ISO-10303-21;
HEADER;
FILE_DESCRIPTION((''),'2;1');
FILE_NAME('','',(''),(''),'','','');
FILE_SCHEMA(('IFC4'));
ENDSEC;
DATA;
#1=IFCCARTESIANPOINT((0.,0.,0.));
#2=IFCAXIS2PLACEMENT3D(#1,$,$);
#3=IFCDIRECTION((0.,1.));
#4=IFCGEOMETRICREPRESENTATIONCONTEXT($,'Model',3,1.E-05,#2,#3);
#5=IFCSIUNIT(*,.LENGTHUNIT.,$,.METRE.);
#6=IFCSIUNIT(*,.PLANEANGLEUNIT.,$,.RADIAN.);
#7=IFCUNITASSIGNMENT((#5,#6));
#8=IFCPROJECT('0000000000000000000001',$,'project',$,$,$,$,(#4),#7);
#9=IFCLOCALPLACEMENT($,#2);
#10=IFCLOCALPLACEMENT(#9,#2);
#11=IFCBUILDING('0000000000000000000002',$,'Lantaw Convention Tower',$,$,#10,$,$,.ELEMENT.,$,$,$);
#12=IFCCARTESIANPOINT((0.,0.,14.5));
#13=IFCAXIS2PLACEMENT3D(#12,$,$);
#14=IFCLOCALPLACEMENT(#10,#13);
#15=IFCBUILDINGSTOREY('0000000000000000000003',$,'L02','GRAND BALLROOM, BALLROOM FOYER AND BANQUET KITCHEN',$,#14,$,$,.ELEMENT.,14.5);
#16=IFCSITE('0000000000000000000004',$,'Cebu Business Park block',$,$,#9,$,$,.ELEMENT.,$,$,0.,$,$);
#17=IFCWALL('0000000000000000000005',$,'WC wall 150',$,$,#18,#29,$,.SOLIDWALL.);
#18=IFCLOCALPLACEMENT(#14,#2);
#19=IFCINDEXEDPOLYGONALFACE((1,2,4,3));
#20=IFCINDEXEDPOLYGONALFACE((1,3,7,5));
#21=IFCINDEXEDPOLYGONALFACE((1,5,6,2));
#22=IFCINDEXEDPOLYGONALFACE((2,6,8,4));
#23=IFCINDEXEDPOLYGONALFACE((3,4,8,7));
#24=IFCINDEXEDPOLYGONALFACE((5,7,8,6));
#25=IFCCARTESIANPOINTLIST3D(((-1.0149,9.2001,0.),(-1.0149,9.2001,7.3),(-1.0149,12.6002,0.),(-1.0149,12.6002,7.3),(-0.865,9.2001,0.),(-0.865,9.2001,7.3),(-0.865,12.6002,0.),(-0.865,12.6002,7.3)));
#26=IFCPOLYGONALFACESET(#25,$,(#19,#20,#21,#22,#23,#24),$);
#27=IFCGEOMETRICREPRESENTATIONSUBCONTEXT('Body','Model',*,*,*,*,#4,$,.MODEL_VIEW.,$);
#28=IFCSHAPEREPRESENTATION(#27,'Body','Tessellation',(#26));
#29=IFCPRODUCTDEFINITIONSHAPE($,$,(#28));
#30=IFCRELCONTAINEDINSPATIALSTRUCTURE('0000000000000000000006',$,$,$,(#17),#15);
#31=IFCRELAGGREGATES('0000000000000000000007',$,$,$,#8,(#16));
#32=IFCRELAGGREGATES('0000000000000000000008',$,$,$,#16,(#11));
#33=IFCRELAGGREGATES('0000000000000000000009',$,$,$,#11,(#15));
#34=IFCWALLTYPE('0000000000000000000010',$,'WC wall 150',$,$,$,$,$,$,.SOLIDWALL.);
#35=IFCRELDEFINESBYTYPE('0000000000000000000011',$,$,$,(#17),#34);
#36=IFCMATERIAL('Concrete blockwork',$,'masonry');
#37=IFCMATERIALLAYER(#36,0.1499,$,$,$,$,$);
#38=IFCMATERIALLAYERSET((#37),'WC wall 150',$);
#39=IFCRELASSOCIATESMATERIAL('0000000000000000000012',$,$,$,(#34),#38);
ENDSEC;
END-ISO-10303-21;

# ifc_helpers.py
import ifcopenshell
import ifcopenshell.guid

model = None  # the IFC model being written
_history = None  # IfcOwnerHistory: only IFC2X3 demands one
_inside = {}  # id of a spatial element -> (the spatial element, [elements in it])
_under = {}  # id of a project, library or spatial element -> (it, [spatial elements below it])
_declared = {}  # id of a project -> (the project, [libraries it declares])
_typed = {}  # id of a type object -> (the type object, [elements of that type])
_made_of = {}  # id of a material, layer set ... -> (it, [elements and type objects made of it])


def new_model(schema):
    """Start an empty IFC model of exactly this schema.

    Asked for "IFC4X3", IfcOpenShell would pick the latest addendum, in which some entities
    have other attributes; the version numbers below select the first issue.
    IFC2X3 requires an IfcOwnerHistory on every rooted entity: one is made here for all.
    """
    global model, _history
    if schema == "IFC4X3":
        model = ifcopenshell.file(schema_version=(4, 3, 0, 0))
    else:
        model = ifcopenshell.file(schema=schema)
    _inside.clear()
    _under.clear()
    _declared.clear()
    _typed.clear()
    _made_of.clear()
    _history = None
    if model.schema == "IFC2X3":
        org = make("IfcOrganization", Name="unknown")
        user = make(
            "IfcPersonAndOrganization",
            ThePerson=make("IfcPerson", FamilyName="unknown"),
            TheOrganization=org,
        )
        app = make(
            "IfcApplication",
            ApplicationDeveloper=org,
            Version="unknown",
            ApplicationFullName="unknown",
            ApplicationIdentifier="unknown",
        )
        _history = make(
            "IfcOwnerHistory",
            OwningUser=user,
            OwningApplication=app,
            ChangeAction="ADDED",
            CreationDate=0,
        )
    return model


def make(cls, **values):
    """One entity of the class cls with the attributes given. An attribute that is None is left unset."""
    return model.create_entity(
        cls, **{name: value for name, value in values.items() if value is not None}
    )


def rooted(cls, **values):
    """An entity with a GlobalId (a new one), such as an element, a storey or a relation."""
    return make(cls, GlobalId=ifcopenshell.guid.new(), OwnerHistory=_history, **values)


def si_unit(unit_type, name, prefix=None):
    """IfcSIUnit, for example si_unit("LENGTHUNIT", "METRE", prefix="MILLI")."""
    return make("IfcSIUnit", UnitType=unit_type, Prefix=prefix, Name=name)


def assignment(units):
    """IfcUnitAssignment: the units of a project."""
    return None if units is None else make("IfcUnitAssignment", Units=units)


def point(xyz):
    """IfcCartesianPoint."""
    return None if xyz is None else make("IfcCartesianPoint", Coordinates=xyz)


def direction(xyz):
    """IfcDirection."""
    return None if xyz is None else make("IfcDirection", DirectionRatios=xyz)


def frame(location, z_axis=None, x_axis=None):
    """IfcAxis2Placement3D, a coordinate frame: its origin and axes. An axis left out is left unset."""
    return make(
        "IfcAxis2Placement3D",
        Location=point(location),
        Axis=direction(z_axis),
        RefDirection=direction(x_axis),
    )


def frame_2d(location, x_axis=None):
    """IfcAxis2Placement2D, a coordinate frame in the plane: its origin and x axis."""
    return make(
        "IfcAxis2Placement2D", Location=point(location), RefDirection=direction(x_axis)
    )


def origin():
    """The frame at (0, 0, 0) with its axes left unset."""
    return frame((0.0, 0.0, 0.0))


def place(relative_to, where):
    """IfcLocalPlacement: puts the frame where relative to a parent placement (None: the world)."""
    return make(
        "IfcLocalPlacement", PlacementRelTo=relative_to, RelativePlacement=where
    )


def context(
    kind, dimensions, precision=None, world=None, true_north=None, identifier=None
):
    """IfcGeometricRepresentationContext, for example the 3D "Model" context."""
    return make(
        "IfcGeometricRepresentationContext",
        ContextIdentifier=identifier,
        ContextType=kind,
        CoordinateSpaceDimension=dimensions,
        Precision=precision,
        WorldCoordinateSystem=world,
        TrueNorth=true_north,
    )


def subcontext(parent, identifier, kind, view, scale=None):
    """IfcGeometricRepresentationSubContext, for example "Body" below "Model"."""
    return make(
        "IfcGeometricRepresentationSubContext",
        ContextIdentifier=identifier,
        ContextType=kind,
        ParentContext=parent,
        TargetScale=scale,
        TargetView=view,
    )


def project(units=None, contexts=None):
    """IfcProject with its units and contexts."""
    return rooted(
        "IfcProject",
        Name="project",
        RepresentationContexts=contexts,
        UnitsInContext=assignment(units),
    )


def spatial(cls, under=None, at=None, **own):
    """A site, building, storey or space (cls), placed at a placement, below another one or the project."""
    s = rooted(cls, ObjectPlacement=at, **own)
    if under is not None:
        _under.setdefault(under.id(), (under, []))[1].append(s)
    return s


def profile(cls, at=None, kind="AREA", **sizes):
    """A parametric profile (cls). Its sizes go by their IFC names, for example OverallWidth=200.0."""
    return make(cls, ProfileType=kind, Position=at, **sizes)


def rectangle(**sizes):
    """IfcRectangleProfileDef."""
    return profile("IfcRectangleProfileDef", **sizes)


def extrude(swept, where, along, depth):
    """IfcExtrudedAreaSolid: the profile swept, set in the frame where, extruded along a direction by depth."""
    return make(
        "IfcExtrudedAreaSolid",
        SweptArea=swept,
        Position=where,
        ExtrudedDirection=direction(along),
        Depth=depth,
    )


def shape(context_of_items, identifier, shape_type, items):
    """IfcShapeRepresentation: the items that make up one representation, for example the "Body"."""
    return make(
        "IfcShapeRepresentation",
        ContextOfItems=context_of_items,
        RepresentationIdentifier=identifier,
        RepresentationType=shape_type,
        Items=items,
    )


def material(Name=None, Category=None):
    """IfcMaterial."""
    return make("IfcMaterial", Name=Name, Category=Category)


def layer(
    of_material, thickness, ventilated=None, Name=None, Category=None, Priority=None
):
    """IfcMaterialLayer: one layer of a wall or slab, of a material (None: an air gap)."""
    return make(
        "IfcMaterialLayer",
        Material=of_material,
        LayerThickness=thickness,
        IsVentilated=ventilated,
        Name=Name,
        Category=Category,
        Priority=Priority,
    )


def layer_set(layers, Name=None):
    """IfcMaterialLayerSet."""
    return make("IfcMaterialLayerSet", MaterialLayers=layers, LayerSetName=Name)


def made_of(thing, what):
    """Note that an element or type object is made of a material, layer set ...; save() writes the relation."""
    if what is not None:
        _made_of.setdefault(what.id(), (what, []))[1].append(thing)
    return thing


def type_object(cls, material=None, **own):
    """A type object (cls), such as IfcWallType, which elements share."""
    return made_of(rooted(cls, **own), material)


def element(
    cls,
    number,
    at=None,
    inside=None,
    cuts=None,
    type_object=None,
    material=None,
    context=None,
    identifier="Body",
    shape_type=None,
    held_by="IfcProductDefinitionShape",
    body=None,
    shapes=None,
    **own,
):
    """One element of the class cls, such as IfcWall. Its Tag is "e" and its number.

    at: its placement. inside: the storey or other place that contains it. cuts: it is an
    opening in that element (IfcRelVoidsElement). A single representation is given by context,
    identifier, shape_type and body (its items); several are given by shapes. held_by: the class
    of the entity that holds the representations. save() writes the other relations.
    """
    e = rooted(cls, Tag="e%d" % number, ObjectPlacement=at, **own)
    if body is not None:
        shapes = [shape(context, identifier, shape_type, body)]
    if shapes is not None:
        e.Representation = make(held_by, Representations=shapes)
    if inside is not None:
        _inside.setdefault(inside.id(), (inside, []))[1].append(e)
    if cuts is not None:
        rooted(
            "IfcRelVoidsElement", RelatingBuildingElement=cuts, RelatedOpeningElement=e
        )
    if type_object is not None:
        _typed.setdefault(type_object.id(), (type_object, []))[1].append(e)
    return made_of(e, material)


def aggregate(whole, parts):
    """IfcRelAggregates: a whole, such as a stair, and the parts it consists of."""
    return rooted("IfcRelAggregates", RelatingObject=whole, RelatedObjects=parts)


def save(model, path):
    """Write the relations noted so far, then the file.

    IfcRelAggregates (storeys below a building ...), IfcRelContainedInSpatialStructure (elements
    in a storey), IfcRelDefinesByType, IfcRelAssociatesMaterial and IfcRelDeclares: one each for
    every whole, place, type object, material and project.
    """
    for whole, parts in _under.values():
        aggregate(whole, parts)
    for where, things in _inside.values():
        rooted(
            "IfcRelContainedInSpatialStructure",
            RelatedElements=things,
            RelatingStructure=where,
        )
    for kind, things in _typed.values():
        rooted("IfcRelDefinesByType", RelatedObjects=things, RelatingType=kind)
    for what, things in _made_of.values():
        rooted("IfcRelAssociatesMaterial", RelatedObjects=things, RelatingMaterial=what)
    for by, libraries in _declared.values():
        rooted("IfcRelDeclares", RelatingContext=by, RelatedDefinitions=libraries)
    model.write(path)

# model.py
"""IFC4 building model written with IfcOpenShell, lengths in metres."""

from ifc_helpers import new_model, si_unit, direction, frame, frame_2d, origin, place, context, subcontext, project, spatial, rectangle, extrude, material, layer, layer_set, type_object, element, save


model = new_model("IFC4")

# Units and contexts
model_context = context("Model", 3, precision=1e-05, world=origin(), true_north=direction((0.0, 1.0)))
body_context = subcontext(model_context, "Body", "Model", "MODEL_VIEW")
ifc_project = project(units=[si_unit("LENGTHUNIT", "METRE"), si_unit("PLANEANGLEUNIT", "RADIAN")], contexts=[model_context])

# Site, building, storey
site_placement = place(None, origin())
site = spatial("IfcSite", under=ifc_project, at=site_placement, Name="Cebu Business Park block", CompositionType="ELEMENT", RefElevation=0.0)
building_placement = place(site_placement, origin())
building = spatial("IfcBuilding", under=site, at=building_placement, Name="Lantaw Convention Tower", CompositionType="ELEMENT")
storey_placement = place(building_placement, frame((0.0, 0.0, 14.5)))
storey = spatial("IfcBuildingStorey", under=building, at=storey_placement, Name="L02", Description="GRAND BALLROOM, BALLROOM FOYER AND BANQUET KITCHEN", CompositionType="ELEMENT", Elevation=14.5)

# Shared definitions
ifc_material_1 = material(Name="Concrete blockwork", Category="masonry")

# Shared definitions
ifc_layer_1 = layer(ifc_material_1, 0.1499)
ifc_layer_set_1 = layer_set([ifc_layer_1], Name="WC wall 150")
wall_type_1 = type_object("IfcWallType", Name="WC wall 150", PredefinedType="SOLIDWALL", material=ifc_layer_set_1)

# Wall
for number, where, z_axis, x_axis, name in (
    (1, (-0.9399, 9.2, 0.0), (0.0, 0.0, 1.0), (0.0, 1.0, 0.0), "WC wall 150"),
):
    element("IfcWall", number, at=place(storey_placement, frame(where, z_axis=z_axis, x_axis=x_axis)), inside=storey, type_object=wall_type_1, Name=name, PredefinedType="SOLIDWALL", context=body_context, shape_type="SweptSolid", body=[
        extrude(rectangle(XDim=3.4001, YDim=0.1499, at=frame_2d((1.7002, 0.0))), origin(), (0.0, 0.0, 1.0), 7.3),
    ])

save(model, "model.ifc")
